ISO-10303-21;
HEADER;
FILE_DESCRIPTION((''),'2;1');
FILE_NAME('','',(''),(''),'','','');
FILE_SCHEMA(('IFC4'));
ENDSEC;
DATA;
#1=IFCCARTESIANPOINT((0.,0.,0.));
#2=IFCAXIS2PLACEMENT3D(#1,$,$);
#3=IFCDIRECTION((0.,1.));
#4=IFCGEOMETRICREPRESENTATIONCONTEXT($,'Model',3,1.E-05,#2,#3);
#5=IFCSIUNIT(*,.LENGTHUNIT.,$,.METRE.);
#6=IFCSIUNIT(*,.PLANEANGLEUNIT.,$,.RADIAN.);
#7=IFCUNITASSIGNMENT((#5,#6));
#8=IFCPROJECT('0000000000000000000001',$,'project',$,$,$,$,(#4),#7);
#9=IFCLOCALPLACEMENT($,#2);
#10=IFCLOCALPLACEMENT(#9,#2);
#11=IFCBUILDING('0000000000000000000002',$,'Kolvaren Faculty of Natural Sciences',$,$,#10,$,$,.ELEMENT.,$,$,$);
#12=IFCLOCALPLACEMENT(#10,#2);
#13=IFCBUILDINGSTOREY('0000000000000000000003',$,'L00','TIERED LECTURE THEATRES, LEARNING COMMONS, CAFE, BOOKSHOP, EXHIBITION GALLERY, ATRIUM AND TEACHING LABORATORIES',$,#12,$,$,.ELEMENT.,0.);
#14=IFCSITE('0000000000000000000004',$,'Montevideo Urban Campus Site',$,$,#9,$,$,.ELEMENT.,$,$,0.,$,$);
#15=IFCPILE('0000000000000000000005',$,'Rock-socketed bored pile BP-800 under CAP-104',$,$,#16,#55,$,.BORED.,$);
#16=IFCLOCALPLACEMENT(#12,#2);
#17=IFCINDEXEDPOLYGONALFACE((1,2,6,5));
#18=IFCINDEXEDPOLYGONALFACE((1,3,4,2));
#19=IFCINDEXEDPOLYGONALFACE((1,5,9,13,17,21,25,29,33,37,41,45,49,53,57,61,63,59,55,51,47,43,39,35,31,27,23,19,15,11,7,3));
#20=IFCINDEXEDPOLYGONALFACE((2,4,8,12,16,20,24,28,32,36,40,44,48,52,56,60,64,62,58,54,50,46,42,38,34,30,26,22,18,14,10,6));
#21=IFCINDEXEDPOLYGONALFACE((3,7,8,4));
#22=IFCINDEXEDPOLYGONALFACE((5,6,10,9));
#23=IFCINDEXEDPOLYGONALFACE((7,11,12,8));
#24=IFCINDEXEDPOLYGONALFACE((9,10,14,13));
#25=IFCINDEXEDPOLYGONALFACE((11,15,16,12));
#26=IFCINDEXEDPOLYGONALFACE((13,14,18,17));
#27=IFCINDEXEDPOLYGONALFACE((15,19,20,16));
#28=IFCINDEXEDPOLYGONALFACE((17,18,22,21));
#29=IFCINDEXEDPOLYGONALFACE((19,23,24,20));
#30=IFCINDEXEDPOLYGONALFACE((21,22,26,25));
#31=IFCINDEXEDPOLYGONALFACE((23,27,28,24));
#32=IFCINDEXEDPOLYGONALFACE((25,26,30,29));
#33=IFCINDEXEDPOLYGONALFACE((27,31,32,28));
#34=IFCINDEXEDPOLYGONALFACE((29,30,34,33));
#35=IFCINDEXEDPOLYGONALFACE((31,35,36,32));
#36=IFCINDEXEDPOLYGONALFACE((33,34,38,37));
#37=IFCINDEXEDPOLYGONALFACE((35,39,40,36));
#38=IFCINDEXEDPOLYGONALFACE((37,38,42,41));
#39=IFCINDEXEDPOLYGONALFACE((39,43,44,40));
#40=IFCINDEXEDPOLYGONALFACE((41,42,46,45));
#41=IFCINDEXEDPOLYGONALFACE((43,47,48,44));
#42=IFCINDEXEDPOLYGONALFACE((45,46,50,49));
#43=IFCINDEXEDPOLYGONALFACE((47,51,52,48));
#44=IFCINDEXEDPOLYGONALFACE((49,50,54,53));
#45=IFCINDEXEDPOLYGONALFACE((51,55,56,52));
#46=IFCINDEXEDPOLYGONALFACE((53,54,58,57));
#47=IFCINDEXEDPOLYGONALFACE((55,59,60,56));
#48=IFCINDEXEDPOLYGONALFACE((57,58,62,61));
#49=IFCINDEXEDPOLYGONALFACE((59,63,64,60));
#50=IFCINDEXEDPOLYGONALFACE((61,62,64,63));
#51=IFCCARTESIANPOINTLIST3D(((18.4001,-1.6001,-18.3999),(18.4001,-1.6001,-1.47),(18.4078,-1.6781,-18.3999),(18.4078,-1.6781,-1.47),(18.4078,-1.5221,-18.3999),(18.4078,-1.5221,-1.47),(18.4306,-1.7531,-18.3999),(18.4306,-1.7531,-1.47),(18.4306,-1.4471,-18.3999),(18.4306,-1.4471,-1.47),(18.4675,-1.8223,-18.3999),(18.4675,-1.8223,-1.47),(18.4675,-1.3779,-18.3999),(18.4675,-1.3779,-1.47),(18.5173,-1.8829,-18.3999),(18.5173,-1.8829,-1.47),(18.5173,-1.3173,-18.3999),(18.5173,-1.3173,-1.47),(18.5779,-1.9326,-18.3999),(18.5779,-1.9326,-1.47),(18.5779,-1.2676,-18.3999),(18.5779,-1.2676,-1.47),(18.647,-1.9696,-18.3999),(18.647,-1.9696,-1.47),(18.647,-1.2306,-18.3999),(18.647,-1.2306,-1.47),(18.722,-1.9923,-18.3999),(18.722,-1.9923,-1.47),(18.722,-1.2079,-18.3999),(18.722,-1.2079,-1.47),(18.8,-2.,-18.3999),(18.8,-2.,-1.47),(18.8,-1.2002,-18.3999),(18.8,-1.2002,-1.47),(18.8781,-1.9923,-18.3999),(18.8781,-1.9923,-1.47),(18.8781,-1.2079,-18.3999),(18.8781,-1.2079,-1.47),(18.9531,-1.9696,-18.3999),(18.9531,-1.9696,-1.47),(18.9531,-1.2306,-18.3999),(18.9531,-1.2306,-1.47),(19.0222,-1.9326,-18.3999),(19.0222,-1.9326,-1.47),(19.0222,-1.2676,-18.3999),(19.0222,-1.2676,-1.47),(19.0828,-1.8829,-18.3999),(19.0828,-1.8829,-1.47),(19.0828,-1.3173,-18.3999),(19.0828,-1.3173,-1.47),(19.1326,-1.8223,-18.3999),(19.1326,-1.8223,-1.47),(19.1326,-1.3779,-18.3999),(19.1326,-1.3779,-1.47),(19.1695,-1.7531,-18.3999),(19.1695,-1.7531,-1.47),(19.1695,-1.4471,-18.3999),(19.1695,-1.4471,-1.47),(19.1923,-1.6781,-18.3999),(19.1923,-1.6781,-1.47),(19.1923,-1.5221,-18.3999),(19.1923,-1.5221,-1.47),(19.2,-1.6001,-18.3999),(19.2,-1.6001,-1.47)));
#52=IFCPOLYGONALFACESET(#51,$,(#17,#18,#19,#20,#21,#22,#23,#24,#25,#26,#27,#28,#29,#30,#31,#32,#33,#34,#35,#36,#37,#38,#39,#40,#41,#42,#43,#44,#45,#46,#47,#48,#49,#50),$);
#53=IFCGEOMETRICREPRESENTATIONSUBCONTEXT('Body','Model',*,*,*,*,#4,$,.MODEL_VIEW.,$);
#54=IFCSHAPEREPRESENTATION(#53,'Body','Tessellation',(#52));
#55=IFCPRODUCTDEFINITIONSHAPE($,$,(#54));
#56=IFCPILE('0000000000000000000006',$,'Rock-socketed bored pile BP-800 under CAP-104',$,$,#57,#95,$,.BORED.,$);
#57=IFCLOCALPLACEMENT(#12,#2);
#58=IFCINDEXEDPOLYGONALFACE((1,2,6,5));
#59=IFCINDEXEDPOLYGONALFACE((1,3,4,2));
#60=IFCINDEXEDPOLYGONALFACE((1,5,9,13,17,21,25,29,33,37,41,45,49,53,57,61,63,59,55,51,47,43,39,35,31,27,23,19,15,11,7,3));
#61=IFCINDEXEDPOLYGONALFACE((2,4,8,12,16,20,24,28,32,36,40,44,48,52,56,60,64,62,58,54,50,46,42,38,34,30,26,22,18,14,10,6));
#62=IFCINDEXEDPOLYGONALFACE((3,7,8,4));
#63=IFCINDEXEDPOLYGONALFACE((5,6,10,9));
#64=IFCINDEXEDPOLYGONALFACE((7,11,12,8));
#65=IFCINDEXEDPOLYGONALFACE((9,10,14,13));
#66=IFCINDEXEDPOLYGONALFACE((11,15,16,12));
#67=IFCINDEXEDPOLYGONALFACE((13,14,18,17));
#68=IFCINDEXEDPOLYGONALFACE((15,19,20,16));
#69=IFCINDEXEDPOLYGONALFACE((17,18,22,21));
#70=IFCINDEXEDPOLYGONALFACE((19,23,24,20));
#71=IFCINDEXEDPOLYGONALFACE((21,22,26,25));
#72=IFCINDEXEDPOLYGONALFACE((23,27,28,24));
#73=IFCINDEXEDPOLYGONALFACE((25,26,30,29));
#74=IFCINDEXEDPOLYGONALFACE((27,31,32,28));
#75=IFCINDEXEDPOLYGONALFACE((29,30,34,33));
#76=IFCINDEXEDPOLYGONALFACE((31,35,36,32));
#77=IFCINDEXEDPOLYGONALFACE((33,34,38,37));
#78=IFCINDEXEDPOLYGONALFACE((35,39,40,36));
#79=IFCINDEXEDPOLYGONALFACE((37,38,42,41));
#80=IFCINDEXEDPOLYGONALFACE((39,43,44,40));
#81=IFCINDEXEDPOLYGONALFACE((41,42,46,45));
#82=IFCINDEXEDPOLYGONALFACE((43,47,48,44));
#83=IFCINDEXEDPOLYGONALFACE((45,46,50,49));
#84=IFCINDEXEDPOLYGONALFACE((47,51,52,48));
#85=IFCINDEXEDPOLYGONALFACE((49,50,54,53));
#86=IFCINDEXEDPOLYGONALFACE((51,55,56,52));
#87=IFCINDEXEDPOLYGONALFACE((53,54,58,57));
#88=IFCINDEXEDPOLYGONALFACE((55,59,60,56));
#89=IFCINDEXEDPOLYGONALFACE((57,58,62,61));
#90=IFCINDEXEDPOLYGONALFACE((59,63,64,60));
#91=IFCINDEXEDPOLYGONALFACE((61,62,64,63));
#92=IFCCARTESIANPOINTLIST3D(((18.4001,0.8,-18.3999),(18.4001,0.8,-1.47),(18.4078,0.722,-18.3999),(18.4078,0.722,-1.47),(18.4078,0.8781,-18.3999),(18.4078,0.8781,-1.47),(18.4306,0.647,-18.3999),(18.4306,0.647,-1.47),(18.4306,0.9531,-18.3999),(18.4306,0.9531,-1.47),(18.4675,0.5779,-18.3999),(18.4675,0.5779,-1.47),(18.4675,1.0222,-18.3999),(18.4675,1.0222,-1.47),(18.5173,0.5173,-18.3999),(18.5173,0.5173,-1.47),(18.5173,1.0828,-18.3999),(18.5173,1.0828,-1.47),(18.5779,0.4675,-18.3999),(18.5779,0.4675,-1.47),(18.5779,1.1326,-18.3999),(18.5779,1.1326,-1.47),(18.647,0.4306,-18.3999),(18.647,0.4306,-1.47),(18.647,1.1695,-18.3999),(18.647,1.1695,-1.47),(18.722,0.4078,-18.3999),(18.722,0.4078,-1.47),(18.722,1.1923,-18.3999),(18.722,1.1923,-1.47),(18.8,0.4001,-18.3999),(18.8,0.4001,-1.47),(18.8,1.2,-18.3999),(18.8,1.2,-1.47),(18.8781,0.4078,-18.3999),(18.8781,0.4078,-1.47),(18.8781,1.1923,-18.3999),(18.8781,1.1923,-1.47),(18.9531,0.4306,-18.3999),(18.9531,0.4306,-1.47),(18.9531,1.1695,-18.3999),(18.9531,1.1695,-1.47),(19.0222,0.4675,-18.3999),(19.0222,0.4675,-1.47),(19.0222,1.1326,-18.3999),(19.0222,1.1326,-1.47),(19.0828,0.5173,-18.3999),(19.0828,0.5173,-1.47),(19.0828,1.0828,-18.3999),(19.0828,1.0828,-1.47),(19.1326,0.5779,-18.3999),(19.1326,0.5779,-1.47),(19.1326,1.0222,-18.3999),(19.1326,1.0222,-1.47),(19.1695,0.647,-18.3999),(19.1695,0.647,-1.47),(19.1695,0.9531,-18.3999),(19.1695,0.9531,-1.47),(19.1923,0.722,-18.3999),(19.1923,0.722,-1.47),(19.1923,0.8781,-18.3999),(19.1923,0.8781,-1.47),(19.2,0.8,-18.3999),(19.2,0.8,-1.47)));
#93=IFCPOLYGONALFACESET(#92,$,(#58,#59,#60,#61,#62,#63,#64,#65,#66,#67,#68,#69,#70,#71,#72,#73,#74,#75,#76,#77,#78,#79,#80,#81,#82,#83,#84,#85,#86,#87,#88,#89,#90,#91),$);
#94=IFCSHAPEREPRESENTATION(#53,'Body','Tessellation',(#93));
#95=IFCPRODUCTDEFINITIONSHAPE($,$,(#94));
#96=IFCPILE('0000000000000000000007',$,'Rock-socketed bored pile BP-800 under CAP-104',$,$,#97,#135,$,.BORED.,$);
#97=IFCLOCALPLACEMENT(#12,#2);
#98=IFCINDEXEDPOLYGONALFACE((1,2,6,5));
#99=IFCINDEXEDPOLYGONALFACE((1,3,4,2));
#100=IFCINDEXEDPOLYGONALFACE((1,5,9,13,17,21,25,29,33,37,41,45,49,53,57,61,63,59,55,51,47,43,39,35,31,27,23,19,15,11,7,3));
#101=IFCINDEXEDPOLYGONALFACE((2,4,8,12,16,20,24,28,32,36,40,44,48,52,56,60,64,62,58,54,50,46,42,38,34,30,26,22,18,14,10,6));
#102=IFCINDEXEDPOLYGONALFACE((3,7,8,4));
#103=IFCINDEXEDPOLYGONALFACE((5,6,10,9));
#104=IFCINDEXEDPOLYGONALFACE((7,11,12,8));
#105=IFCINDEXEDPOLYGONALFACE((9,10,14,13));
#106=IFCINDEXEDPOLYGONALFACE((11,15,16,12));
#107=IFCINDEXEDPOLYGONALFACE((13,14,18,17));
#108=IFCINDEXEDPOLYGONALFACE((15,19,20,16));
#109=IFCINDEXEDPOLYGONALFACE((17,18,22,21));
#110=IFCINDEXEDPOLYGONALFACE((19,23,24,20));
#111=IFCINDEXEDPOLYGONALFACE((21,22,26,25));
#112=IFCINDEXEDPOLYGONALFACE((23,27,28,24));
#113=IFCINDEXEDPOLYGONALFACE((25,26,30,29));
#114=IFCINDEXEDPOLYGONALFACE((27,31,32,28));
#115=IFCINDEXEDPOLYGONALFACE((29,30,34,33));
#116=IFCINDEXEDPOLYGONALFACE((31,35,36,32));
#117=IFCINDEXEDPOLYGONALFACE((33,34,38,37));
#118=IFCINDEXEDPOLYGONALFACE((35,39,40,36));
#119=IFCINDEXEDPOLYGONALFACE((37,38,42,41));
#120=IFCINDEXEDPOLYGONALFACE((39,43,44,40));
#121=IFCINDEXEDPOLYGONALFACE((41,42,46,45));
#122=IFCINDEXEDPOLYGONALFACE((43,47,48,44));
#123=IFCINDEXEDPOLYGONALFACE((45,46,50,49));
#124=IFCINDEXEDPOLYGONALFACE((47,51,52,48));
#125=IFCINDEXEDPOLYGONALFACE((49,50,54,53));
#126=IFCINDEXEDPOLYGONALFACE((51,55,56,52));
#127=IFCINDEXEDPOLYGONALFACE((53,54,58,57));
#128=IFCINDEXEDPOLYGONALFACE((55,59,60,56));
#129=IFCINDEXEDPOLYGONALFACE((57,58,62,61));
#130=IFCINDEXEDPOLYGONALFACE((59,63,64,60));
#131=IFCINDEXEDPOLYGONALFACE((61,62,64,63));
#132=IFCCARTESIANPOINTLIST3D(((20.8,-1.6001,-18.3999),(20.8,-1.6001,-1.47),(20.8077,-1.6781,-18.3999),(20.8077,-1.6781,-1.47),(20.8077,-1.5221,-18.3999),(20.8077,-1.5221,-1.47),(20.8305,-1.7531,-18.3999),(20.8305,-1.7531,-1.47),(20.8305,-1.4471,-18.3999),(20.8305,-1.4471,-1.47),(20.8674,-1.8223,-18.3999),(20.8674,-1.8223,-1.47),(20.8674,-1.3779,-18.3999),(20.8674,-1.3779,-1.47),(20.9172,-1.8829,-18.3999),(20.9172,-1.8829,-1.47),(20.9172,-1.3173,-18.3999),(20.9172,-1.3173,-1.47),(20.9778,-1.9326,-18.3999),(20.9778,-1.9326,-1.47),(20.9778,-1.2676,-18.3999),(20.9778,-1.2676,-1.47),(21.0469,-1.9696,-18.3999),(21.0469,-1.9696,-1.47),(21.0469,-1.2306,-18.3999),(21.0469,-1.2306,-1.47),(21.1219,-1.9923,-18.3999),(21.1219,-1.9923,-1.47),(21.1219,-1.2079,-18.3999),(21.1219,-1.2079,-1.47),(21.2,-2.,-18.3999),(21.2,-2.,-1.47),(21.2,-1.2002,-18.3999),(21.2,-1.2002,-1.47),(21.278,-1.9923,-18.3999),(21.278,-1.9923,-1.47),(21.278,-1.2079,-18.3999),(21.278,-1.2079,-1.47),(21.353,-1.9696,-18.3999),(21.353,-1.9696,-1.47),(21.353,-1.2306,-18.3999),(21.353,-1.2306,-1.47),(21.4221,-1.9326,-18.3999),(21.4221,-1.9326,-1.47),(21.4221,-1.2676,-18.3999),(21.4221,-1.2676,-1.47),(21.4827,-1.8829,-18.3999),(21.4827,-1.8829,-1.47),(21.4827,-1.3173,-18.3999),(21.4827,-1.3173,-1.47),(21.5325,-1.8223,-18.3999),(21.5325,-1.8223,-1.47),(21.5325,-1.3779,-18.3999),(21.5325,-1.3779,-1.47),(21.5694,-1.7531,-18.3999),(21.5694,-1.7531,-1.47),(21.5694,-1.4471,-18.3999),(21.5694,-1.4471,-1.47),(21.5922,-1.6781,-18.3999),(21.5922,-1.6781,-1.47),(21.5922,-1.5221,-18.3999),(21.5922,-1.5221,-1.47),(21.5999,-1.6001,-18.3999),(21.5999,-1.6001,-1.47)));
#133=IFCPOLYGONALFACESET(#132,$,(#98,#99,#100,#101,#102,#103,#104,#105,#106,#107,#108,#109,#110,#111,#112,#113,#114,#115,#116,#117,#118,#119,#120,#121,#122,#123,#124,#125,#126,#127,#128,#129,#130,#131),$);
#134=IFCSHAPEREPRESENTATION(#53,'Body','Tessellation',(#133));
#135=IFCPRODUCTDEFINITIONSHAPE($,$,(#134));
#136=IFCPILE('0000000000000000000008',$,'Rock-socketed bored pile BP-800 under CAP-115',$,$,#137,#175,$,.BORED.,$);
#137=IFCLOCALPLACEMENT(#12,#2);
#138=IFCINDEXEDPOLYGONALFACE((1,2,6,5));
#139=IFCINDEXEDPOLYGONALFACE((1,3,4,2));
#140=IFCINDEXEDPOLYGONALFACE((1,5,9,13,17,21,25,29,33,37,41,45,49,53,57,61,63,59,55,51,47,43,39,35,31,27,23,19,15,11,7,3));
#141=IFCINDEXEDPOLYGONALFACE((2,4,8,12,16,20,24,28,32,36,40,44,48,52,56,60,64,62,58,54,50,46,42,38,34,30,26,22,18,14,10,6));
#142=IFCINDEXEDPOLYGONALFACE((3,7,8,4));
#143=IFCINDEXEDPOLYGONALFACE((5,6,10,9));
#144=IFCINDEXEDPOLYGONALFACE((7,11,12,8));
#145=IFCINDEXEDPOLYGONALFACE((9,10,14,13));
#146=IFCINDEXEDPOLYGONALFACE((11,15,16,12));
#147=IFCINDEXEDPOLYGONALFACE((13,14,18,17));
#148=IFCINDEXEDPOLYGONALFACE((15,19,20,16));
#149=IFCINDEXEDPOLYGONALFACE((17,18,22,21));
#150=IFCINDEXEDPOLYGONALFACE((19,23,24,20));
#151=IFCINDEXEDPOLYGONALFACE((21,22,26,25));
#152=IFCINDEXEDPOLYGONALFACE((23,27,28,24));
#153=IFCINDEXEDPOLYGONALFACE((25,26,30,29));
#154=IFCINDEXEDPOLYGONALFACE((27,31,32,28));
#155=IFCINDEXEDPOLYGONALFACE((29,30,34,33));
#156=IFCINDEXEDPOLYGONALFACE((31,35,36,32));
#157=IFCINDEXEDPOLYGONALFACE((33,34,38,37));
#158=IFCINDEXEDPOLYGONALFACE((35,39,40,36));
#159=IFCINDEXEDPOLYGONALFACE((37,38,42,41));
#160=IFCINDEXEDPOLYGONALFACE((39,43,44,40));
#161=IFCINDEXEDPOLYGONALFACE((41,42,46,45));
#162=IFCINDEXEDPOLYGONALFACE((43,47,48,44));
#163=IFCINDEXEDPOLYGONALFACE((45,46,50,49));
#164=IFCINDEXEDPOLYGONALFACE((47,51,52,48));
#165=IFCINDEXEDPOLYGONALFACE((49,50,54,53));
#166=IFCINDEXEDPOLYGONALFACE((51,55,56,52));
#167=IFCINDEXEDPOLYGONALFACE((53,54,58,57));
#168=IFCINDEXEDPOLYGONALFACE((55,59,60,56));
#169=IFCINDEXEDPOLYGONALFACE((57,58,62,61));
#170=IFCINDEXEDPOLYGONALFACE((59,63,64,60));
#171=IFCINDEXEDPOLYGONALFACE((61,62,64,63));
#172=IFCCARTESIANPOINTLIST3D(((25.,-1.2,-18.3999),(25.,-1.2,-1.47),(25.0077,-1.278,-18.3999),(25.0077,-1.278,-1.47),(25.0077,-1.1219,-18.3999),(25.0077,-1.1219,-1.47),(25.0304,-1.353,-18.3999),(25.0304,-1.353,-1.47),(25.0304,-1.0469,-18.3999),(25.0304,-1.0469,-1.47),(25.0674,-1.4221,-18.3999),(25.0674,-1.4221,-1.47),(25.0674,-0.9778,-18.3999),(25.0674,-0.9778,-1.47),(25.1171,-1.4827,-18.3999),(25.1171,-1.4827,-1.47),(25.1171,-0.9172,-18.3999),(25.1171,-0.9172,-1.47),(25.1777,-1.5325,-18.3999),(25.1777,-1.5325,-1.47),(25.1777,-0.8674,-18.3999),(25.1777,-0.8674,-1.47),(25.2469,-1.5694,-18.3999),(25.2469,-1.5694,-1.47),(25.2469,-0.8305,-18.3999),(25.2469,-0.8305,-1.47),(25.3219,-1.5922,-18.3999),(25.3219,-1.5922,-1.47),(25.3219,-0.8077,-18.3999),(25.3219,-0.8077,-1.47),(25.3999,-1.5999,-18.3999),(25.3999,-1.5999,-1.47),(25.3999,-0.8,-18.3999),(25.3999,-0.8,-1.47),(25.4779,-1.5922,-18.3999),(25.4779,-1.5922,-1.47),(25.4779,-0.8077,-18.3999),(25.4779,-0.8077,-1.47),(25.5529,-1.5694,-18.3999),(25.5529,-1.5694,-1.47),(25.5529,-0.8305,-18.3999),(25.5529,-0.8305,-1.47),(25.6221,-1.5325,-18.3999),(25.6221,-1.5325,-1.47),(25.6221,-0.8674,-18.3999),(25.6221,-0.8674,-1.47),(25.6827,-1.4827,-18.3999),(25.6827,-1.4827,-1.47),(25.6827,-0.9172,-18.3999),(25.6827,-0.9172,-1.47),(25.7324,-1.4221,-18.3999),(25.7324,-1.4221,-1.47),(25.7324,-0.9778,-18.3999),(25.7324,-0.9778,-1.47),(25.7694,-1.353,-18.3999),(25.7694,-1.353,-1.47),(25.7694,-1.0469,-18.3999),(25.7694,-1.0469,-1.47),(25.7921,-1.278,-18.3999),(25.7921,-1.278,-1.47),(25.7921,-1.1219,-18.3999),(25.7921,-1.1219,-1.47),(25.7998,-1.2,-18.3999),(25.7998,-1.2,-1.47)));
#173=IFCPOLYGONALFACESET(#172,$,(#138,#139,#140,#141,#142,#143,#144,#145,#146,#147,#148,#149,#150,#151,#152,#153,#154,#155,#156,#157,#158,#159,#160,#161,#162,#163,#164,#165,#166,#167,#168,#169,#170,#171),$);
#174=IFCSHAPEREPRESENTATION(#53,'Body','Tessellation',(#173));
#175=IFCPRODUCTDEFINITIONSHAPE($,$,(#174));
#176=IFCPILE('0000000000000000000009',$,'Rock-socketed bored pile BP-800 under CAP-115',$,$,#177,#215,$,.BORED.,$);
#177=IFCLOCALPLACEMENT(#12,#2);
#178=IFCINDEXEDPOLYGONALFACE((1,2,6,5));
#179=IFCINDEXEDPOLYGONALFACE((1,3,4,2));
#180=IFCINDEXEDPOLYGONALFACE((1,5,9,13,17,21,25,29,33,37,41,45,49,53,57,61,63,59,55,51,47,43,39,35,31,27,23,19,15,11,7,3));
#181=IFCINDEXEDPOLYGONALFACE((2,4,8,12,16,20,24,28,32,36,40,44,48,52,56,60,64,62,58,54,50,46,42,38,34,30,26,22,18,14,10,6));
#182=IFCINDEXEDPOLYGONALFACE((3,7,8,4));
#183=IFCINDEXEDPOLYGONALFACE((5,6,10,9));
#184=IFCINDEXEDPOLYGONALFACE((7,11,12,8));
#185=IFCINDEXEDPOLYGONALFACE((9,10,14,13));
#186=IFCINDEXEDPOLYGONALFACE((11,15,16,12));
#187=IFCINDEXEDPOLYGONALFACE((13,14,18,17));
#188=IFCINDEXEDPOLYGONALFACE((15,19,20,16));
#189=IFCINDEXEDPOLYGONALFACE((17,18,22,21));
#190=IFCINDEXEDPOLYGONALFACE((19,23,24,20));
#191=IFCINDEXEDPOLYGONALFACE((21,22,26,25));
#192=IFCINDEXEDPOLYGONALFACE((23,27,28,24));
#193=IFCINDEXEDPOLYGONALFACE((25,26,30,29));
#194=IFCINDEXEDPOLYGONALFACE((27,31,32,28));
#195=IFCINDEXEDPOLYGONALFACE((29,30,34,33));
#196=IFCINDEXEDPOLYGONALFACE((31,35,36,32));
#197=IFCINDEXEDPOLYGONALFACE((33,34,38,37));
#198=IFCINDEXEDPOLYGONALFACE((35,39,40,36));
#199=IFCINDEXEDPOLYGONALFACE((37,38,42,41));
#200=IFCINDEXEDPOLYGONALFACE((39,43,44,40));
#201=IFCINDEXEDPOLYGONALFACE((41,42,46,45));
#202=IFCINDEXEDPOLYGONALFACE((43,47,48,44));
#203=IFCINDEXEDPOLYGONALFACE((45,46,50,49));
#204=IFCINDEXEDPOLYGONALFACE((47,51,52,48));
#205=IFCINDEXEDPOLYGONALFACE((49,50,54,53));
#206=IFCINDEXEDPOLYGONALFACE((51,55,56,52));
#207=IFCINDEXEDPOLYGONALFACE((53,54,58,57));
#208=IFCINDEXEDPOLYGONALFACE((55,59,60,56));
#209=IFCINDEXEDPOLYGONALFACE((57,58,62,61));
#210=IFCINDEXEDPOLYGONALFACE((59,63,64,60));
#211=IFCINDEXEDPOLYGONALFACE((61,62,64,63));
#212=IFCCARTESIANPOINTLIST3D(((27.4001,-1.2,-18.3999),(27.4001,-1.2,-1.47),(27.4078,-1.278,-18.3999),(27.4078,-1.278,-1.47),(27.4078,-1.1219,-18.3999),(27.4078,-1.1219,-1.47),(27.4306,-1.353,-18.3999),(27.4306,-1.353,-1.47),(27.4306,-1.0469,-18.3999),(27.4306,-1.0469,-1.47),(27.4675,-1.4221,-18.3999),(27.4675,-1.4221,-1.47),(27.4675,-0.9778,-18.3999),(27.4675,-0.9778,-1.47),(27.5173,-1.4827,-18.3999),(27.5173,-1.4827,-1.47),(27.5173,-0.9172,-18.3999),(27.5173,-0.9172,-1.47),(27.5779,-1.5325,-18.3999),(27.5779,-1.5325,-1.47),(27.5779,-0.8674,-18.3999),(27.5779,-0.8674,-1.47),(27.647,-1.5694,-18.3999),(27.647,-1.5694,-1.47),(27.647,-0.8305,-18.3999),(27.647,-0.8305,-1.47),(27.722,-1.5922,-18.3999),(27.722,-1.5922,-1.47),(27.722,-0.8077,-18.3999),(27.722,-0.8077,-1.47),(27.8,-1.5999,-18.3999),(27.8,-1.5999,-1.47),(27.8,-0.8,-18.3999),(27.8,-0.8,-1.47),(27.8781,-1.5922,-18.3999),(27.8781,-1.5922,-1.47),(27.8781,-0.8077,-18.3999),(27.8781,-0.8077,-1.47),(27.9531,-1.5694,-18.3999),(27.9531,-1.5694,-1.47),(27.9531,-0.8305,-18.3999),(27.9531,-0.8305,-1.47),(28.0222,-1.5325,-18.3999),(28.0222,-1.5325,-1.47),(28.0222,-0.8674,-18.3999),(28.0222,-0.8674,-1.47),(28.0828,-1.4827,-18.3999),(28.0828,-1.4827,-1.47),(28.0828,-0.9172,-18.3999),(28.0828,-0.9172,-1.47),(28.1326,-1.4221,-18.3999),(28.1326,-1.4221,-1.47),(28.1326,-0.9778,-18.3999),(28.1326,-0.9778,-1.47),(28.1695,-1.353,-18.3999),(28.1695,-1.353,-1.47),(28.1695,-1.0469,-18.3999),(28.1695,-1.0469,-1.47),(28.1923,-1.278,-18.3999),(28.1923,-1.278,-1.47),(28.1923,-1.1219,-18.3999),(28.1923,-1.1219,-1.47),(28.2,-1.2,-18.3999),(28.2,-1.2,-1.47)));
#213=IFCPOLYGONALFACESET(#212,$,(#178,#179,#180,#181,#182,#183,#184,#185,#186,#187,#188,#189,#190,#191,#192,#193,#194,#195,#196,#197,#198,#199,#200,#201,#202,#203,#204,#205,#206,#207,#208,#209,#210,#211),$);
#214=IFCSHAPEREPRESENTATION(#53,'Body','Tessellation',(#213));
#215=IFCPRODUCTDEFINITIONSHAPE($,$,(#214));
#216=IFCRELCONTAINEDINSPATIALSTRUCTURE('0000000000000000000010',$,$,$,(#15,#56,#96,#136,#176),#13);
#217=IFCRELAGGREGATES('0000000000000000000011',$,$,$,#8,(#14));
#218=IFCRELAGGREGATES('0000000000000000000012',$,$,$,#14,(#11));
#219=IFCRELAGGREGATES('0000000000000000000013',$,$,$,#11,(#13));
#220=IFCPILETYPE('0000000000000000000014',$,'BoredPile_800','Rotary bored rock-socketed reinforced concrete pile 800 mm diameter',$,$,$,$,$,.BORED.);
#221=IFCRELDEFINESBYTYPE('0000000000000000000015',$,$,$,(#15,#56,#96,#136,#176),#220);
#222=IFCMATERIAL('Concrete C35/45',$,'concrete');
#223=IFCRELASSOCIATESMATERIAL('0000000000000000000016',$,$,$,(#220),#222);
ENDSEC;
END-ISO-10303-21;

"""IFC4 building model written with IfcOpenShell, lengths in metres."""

from ifc_helpers import new_model, si_unit, direction, frame, origin, origin_2d, place, context, subcontext, project, spatial, circle, extrude, material, material_profile, profile_set, type_object, element, save


model = new_model("IFC4")

# Units and contexts
model_context = context("Model", 3, precision=1e-05, world=origin(), true_north=direction((0.0, 1.0)))
body_context = subcontext(model_context, "Body", "Model", "MODEL_VIEW")
ifc_project = project(units=[si_unit("LENGTHUNIT", "METRE"), si_unit("PLANEANGLEUNIT", "RADIAN")], contexts=[model_context])

# Site, building, storey
site_placement = place(None, origin())
site = spatial("IfcSite", under=ifc_project, at=site_placement, Name="Montevideo Urban Campus Site", CompositionType="ELEMENT", RefElevation=0.0)
building_placement = place(site_placement, origin())
building = spatial("IfcBuilding", under=site, at=building_placement, Name="Kolvaren Faculty of Natural Sciences", CompositionType="ELEMENT")
storey_placement = place(building_placement, origin())
storey = spatial("IfcBuildingStorey", under=building, at=storey_placement, Name="L00", Description="TIERED LECTURE THEATRES, LEARNING COMMONS, CAFE, BOOKSHOP, EXHIBITION GALLERY, ATRIUM AND TEACHING LABORATORIES", CompositionType="ELEMENT", Elevation=0.0)

# Piles
ifc_material_1 = material(Name="Concrete C35/45", Category="concrete")
ifc_material_profile_1 = material_profile(ifc_material_1, circle(Radius=0.3999, at=origin_2d()), Name="PILE D800")
ifc_profile_set_1 = profile_set([ifc_material_profile_1], Name="Concrete C35/45")
pile_type = type_object("IfcPileType", Name="BoredPile_800", Description="Rotary bored rock-socketed reinforced concrete pile 800 mm diameter", PredefinedType="BORED", material=ifc_profile_set_1)
for number, where, z_axis, x_axis, name in (
    (1, (18.8, -1.6001, -1.47), (0.0, 0.0, -1.0), (1.0, 0.0, 0.0), "Rock-socketed bored pile BP-800 under CAP-104"),
    (2, (18.8, 0.8, -1.47), (0.0, 0.0, -1.0), (1.0, 0.0, 0.0), "Rock-socketed bored pile BP-800 under CAP-104"),
    (3, (21.2, -1.6001, -1.47), (0.0, 0.0, -1.0), (1.0, 0.0, 0.0), "Rock-socketed bored pile BP-800 under CAP-104"),
    (4, (25.3999, -1.2, -1.47), (0.0, 0.0, -1.0), (1.0, 0.0, 0.0), "Rock-socketed bored pile BP-800 under CAP-115"),
    (5, (27.8, -1.2, -1.47), (0.0, 0.0, -1.0), (1.0, 0.0, 0.0), "Rock-socketed bored pile BP-800 under CAP-115"),
):
    element("IfcPile", number, at=place(storey_placement, frame(where, z_axis=z_axis, x_axis=x_axis)), inside=storey, type_object=pile_type, Name=name, PredefinedType="BORED", context=body_context, shape_type="SweptSolid", body=[
        extrude(circle(Radius=0.3999, at=origin_2d()), origin(), (0.0, 0.0, 1.0), 16.9299),
    ])

save(model, "model.ifc")
